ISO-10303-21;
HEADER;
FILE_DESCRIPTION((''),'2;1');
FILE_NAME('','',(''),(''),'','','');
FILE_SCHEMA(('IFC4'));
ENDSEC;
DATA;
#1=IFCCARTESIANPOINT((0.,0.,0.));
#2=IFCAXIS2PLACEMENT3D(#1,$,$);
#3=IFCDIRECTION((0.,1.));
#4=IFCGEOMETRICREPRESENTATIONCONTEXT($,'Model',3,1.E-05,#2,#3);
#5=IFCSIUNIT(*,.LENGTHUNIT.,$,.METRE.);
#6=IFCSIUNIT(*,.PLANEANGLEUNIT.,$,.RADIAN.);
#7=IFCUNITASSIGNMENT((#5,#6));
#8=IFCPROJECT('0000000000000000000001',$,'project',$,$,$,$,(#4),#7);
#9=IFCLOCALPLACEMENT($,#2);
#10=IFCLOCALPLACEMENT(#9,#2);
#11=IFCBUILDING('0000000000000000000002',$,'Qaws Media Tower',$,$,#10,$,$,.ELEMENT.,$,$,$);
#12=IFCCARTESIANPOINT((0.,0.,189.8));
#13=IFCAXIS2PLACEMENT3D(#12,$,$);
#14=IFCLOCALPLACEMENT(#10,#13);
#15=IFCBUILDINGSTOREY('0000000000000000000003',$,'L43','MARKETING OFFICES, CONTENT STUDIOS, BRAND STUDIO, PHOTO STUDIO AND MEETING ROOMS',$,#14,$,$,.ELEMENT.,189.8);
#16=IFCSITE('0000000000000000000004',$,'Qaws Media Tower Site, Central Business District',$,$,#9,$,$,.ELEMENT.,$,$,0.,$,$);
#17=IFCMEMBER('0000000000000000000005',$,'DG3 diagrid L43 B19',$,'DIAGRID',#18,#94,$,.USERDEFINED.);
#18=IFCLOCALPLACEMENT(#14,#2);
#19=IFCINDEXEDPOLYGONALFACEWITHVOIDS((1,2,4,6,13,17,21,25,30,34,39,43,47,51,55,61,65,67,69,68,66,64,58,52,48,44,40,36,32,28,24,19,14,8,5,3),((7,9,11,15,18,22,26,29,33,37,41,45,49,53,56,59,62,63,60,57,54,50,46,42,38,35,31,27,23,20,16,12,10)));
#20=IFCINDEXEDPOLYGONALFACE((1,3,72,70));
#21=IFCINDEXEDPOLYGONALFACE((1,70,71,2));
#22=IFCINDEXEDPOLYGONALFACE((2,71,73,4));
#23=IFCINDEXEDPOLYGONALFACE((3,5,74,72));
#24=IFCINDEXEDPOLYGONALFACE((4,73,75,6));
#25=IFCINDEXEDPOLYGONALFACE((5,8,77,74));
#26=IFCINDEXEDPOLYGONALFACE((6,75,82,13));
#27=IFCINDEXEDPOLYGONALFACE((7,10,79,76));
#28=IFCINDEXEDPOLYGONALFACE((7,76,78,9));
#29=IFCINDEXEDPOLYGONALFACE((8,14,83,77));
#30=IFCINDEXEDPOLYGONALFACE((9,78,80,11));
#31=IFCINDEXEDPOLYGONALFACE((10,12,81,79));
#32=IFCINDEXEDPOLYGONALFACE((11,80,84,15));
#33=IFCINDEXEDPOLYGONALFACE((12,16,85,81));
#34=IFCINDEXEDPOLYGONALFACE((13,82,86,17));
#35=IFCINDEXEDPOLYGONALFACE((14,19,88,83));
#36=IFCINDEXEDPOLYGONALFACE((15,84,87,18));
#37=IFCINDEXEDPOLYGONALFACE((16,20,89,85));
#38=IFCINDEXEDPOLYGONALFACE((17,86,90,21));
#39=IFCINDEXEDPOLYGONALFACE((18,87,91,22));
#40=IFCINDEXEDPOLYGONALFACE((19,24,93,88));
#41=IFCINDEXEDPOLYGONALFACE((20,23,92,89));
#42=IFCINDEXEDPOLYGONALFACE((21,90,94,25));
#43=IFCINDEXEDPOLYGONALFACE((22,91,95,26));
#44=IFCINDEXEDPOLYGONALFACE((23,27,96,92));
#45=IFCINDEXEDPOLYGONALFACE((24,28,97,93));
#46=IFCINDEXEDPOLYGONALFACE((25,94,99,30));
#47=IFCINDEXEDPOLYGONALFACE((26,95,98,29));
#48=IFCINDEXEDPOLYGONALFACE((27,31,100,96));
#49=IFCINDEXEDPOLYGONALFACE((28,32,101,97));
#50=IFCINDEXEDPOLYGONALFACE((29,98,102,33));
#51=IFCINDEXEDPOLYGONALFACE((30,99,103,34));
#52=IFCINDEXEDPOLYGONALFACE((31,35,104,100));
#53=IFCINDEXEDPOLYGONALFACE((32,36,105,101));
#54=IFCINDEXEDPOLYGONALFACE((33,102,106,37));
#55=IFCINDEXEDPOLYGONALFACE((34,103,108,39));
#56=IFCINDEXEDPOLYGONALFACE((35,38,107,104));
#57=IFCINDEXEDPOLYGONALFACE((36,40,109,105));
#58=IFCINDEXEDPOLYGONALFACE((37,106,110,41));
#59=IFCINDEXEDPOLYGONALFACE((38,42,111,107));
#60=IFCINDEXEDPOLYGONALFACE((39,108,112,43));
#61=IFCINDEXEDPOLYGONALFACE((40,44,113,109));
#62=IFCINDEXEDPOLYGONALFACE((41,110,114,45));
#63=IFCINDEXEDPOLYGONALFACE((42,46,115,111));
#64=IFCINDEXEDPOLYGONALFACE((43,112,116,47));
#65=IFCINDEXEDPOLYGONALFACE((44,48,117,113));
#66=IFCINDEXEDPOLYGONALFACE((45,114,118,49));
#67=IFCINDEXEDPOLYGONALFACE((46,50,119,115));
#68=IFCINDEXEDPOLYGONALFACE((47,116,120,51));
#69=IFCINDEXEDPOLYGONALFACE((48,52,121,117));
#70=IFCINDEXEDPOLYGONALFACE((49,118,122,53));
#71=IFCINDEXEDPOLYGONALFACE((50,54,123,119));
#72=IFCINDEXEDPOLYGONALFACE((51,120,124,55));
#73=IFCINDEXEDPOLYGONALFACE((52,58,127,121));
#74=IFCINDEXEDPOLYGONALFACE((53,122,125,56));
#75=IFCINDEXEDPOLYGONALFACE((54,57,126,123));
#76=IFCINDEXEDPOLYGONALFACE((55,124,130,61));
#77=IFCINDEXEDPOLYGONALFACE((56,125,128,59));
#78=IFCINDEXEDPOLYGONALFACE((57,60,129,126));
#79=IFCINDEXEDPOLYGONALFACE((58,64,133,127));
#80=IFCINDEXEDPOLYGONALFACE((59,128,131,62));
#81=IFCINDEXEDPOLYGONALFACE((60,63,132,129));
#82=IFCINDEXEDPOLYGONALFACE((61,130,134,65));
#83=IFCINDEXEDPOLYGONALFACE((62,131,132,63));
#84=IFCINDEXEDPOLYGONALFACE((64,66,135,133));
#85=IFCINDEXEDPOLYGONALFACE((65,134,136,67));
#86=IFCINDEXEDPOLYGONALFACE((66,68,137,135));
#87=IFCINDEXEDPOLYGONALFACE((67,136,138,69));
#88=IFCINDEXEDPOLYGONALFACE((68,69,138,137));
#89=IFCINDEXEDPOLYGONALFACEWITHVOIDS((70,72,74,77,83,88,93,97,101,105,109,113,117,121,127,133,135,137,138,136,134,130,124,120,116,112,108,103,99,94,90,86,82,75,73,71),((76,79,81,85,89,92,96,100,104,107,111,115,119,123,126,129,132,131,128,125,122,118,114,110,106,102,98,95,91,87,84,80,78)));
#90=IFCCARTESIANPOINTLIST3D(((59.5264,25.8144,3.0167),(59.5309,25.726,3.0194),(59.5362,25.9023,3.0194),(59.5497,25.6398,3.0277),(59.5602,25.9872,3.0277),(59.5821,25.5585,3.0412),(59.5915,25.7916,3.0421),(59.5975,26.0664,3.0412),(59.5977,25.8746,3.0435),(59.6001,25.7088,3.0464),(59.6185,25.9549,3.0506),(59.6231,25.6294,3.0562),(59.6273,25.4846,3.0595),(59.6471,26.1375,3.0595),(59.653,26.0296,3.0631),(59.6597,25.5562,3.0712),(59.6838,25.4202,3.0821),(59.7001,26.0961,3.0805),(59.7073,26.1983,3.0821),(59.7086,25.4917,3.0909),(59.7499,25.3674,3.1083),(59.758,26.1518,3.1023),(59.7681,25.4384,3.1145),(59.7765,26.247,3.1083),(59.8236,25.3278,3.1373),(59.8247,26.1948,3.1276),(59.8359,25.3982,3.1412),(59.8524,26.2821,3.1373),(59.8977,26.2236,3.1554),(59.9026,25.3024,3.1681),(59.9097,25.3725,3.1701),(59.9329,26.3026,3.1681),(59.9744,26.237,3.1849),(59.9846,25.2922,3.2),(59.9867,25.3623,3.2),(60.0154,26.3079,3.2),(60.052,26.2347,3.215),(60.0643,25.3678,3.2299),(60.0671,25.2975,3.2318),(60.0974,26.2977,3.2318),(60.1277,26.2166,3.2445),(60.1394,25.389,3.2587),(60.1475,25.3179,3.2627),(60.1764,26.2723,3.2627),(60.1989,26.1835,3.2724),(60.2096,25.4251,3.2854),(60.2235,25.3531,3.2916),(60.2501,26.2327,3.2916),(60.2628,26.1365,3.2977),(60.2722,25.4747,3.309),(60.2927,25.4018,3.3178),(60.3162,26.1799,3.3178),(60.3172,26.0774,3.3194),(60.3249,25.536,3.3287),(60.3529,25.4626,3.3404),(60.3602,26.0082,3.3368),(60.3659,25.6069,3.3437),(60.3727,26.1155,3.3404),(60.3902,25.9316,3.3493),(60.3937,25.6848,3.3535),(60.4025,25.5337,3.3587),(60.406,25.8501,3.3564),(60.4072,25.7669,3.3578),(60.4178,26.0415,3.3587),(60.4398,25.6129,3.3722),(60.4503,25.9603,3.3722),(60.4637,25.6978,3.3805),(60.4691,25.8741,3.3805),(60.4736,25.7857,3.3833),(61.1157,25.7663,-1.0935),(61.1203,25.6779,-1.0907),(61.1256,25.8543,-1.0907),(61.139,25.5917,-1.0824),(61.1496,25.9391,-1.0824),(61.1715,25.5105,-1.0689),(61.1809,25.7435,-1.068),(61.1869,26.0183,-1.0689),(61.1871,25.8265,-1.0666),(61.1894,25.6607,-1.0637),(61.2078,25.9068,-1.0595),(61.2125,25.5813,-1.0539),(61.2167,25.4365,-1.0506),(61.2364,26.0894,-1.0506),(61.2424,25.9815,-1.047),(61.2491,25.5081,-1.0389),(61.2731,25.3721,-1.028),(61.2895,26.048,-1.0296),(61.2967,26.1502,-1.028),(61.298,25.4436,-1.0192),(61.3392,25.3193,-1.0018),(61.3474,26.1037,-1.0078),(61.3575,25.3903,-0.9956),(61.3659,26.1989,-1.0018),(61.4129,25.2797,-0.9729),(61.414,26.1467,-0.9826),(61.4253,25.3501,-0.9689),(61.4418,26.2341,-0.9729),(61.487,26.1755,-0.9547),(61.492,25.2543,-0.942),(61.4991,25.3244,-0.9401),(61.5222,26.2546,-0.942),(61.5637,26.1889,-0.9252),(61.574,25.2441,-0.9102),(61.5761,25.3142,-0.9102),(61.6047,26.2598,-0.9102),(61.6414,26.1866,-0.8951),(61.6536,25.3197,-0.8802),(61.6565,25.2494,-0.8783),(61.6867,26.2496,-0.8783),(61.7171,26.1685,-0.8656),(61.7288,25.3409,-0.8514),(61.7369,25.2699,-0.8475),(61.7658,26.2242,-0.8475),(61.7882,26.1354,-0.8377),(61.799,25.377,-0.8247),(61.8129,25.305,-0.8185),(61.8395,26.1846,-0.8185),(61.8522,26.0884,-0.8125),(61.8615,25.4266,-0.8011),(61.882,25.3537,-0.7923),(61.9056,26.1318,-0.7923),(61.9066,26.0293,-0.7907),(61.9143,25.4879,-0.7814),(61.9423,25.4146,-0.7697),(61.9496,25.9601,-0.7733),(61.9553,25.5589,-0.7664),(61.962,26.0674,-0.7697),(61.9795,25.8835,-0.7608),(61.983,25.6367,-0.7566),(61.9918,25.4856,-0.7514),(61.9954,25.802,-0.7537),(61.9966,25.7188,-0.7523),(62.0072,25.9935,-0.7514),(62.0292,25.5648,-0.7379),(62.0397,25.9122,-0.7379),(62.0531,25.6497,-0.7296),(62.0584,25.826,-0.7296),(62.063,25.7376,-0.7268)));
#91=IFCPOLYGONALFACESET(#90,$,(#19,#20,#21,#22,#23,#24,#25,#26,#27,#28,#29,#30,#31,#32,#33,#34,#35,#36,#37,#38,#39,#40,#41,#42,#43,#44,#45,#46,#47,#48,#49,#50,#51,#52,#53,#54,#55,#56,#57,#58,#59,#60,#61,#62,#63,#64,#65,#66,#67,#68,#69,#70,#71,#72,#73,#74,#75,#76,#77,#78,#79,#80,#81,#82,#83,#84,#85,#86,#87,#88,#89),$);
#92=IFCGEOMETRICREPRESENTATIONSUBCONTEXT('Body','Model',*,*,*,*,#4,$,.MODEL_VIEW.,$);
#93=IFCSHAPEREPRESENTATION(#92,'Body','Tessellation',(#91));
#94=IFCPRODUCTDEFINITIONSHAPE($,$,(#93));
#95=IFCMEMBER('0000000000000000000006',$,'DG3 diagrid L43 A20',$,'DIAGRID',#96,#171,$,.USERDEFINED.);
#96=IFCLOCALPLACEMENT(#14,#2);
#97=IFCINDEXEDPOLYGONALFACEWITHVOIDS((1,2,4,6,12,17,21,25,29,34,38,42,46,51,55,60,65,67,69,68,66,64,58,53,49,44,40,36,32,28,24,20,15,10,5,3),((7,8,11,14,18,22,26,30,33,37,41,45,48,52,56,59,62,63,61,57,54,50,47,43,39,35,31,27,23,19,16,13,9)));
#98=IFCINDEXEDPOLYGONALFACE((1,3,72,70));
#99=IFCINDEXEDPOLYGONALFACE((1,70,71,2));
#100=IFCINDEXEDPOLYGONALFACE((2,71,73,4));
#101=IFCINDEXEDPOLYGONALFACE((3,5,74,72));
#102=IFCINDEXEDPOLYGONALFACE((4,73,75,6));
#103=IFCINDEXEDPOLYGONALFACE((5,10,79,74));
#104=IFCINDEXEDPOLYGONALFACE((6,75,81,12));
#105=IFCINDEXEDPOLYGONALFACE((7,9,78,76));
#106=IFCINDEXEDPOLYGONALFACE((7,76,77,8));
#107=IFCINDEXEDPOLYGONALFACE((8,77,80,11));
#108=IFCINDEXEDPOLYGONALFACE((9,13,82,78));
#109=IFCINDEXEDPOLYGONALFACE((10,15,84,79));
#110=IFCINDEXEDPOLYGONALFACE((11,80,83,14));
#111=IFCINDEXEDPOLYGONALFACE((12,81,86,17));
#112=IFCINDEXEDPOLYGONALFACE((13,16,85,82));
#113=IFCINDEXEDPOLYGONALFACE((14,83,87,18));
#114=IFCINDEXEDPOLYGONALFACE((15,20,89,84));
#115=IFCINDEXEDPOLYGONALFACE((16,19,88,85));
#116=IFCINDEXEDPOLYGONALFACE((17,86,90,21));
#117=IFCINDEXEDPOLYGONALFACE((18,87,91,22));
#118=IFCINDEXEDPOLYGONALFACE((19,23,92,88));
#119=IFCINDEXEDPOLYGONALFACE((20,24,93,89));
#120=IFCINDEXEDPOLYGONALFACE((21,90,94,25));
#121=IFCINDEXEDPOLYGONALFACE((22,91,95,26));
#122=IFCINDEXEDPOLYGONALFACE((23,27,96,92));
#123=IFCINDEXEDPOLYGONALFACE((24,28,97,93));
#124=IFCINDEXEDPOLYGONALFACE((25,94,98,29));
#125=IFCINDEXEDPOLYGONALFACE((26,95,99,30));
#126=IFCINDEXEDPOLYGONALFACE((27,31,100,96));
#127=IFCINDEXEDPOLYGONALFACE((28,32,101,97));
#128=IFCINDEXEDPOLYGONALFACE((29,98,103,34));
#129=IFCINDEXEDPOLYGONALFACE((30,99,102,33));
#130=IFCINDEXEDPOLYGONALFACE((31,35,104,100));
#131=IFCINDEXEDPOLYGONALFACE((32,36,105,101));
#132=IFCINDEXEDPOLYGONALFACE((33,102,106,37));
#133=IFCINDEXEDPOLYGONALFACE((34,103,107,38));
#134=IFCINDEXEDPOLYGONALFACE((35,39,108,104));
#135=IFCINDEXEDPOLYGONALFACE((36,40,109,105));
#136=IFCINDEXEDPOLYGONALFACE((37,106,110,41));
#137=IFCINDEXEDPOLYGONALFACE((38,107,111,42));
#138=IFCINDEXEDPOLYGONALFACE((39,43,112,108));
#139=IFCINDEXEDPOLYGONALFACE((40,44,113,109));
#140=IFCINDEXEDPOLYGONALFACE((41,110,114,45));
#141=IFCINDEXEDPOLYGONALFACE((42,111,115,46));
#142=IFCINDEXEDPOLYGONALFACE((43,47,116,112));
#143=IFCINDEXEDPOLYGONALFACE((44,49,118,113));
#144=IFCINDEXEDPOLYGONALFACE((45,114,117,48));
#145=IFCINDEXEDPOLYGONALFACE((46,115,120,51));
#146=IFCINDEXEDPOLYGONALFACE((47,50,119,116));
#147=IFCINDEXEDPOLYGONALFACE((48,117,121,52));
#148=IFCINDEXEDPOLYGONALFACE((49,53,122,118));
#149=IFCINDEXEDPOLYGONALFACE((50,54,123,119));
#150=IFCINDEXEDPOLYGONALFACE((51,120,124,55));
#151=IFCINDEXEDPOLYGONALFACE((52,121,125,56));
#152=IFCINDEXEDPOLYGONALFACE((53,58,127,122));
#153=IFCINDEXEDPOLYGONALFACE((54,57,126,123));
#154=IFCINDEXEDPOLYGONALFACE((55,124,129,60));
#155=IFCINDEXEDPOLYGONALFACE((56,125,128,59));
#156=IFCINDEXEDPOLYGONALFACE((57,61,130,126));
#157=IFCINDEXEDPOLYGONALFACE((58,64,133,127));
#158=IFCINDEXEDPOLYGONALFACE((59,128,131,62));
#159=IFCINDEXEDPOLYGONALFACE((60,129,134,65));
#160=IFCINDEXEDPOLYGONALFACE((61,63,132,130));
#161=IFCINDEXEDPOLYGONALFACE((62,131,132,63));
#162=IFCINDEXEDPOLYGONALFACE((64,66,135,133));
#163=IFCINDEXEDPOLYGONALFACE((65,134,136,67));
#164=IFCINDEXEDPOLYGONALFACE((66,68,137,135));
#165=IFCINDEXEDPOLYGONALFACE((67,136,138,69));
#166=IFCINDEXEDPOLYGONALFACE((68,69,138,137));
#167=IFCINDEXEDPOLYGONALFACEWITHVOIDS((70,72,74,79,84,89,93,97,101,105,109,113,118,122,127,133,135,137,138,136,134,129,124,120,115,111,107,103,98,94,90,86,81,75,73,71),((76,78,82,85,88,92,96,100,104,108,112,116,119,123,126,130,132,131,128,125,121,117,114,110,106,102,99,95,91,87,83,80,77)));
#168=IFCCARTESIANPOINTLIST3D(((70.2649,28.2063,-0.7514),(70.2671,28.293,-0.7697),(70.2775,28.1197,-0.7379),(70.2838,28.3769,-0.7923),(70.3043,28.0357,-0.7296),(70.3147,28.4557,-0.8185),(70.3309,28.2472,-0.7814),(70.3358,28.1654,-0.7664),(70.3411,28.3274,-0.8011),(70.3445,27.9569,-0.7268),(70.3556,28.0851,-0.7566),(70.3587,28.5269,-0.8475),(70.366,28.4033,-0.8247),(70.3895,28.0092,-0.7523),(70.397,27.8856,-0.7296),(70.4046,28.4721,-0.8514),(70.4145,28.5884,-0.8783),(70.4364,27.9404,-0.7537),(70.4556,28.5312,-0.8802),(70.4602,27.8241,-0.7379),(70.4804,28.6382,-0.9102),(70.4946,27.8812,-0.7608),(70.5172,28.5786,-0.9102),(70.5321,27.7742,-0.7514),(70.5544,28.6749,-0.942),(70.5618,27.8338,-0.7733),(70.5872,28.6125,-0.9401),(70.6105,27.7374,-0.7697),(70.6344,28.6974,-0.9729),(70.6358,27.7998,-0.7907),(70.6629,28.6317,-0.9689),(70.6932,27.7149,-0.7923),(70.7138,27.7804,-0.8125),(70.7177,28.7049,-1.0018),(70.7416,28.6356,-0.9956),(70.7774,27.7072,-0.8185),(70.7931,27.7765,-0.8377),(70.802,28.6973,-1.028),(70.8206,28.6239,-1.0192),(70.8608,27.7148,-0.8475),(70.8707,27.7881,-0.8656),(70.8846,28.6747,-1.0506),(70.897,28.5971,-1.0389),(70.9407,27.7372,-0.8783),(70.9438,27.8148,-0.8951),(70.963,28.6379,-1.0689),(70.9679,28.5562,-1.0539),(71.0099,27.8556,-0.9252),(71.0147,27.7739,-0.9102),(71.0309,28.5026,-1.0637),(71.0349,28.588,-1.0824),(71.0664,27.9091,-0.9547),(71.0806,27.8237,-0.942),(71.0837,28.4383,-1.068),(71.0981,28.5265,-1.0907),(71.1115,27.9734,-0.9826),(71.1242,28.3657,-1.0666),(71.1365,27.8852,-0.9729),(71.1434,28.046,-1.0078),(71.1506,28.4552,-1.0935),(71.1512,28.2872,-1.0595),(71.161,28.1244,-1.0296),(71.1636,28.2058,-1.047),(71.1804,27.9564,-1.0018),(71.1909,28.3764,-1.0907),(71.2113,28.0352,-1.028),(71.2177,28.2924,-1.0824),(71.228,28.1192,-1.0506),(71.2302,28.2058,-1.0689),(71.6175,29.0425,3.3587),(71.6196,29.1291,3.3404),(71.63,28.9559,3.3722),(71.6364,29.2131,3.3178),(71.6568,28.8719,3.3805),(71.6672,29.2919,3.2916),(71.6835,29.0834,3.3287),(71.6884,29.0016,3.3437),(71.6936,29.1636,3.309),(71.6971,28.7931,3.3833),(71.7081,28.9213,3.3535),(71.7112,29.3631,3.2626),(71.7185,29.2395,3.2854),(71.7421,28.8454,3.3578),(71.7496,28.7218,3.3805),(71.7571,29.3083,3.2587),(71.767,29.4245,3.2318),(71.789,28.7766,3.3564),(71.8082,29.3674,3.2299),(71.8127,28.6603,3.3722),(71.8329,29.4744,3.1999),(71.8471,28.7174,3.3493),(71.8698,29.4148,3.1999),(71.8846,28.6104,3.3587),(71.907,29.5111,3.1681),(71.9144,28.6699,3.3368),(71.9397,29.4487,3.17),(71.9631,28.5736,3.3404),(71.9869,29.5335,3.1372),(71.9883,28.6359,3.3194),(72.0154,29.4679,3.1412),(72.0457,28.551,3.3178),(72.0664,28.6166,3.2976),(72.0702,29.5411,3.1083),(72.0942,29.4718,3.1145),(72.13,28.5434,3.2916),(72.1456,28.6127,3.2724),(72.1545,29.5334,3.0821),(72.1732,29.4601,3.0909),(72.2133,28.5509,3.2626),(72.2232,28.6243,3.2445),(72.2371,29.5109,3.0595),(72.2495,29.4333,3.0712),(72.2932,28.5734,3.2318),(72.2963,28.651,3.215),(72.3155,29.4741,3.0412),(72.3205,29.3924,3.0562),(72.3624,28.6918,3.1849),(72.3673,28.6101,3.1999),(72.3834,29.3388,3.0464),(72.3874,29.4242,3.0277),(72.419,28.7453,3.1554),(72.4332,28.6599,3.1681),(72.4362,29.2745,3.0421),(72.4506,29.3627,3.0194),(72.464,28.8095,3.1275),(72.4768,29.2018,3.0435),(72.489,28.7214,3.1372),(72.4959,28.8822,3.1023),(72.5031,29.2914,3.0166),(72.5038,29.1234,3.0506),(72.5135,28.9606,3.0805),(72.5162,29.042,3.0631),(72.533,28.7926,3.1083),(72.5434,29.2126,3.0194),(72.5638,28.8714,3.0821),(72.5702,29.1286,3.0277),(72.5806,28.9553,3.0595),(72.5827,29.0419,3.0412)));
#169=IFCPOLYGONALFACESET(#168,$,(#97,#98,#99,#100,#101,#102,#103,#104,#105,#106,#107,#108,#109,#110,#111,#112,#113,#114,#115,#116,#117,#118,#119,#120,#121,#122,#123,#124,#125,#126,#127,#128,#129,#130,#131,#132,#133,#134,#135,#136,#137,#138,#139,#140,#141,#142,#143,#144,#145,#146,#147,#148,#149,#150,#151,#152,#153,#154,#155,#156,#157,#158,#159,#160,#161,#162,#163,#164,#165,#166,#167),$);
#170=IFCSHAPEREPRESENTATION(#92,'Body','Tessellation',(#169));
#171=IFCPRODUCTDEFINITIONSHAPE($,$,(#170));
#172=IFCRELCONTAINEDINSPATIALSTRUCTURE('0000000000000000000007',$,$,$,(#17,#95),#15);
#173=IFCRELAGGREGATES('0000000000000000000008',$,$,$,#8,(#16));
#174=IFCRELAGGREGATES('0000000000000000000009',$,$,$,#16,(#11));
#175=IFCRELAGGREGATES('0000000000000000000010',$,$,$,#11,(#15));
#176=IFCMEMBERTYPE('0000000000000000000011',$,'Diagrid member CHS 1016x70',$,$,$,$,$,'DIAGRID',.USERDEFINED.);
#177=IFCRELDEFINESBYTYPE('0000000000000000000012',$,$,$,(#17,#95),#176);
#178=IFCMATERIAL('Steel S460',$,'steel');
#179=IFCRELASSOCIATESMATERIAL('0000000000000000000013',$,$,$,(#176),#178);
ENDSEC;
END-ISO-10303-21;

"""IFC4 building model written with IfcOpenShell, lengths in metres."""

from ifc_helpers import new_model, si_unit, direction, frame, origin, origin_2d, place, context, subcontext, project, spatial, hollow_circle, extrude, material, material_profile, profile_set, type_object, element, save


model = new_model("IFC4")

# Units and contexts
model_context = context("Model", 3, precision=1e-05, world=origin(), true_north=direction((0.0, 1.0)))
body_context = subcontext(model_context, "Body", "Model", "MODEL_VIEW")
ifc_project = project(units=[si_unit("LENGTHUNIT", "METRE"), si_unit("PLANEANGLEUNIT", "RADIAN")], contexts=[model_context])

# Site, building, storey
site_placement = place(None, origin())
site = spatial("IfcSite", under=ifc_project, at=site_placement, Name="Qaws Media Tower Site, Central Business District", CompositionType="ELEMENT", RefElevation=0.0)
building_placement = place(site_placement, origin())
building = spatial("IfcBuilding", under=site, at=building_placement, Name="Qaws Media Tower", CompositionType="ELEMENT")
storey_placement = place(building_placement, frame((0.0, 0.0, 189.8)))
storey = spatial("IfcBuildingStorey", under=building, at=storey_placement, Name="L43", Description="MARKETING OFFICES, CONTENT STUDIOS, BRAND STUDIO, PHOTO STUDIO AND MEETING ROOMS", CompositionType="ELEMENT", Elevation=189.8)

# Members
ifc_material_1 = material(Name="Steel S460", Category="steel")
ifc_material_profile_1 = material_profile(ifc_material_1, hollow_circle(Radius=0.5081, WallThickness=0.0701, at=origin_2d()), Name="CHS 1016x70")
ifc_profile_set_1 = profile_set([ifc_material_profile_1], Name="Steel S460")
member_type_1 = type_object("IfcMemberType", Name="Diagrid member CHS 1016x70", ElementType="DIAGRID", PredefinedType="USERDEFINED", material=ifc_profile_set_1)
for number, where, z_axis, x_axis, name in (
    (1, (61.5894, 25.752, -0.9102), (-0.360646, 0.010914, 0.932639), (-0.030247, -0.999542, 0.0), "DG3 diagrid L43 B19"),
    (2, (70.7476, 28.2061, -0.9102), (0.306908, 0.18974, 0.932634), (-0.525852, 0.850576, 0.0), "DG3 diagrid L43 A20"),
):
    element("IfcMember", number, at=place(storey_placement, frame(where, z_axis=z_axis, x_axis=x_axis)), inside=storey, type_object=member_type_1, Name=name, ObjectType="DIAGRID", PredefinedType="USERDEFINED", context=body_context, shape_type="SweptSolid", body=[
        extrude(hollow_circle(Radius=0.5081, WallThickness=0.0701, at=origin_2d()), origin(), (0.0, 0.0, 1.0), 4.407),
    ])

save(model, "model.ifc")
